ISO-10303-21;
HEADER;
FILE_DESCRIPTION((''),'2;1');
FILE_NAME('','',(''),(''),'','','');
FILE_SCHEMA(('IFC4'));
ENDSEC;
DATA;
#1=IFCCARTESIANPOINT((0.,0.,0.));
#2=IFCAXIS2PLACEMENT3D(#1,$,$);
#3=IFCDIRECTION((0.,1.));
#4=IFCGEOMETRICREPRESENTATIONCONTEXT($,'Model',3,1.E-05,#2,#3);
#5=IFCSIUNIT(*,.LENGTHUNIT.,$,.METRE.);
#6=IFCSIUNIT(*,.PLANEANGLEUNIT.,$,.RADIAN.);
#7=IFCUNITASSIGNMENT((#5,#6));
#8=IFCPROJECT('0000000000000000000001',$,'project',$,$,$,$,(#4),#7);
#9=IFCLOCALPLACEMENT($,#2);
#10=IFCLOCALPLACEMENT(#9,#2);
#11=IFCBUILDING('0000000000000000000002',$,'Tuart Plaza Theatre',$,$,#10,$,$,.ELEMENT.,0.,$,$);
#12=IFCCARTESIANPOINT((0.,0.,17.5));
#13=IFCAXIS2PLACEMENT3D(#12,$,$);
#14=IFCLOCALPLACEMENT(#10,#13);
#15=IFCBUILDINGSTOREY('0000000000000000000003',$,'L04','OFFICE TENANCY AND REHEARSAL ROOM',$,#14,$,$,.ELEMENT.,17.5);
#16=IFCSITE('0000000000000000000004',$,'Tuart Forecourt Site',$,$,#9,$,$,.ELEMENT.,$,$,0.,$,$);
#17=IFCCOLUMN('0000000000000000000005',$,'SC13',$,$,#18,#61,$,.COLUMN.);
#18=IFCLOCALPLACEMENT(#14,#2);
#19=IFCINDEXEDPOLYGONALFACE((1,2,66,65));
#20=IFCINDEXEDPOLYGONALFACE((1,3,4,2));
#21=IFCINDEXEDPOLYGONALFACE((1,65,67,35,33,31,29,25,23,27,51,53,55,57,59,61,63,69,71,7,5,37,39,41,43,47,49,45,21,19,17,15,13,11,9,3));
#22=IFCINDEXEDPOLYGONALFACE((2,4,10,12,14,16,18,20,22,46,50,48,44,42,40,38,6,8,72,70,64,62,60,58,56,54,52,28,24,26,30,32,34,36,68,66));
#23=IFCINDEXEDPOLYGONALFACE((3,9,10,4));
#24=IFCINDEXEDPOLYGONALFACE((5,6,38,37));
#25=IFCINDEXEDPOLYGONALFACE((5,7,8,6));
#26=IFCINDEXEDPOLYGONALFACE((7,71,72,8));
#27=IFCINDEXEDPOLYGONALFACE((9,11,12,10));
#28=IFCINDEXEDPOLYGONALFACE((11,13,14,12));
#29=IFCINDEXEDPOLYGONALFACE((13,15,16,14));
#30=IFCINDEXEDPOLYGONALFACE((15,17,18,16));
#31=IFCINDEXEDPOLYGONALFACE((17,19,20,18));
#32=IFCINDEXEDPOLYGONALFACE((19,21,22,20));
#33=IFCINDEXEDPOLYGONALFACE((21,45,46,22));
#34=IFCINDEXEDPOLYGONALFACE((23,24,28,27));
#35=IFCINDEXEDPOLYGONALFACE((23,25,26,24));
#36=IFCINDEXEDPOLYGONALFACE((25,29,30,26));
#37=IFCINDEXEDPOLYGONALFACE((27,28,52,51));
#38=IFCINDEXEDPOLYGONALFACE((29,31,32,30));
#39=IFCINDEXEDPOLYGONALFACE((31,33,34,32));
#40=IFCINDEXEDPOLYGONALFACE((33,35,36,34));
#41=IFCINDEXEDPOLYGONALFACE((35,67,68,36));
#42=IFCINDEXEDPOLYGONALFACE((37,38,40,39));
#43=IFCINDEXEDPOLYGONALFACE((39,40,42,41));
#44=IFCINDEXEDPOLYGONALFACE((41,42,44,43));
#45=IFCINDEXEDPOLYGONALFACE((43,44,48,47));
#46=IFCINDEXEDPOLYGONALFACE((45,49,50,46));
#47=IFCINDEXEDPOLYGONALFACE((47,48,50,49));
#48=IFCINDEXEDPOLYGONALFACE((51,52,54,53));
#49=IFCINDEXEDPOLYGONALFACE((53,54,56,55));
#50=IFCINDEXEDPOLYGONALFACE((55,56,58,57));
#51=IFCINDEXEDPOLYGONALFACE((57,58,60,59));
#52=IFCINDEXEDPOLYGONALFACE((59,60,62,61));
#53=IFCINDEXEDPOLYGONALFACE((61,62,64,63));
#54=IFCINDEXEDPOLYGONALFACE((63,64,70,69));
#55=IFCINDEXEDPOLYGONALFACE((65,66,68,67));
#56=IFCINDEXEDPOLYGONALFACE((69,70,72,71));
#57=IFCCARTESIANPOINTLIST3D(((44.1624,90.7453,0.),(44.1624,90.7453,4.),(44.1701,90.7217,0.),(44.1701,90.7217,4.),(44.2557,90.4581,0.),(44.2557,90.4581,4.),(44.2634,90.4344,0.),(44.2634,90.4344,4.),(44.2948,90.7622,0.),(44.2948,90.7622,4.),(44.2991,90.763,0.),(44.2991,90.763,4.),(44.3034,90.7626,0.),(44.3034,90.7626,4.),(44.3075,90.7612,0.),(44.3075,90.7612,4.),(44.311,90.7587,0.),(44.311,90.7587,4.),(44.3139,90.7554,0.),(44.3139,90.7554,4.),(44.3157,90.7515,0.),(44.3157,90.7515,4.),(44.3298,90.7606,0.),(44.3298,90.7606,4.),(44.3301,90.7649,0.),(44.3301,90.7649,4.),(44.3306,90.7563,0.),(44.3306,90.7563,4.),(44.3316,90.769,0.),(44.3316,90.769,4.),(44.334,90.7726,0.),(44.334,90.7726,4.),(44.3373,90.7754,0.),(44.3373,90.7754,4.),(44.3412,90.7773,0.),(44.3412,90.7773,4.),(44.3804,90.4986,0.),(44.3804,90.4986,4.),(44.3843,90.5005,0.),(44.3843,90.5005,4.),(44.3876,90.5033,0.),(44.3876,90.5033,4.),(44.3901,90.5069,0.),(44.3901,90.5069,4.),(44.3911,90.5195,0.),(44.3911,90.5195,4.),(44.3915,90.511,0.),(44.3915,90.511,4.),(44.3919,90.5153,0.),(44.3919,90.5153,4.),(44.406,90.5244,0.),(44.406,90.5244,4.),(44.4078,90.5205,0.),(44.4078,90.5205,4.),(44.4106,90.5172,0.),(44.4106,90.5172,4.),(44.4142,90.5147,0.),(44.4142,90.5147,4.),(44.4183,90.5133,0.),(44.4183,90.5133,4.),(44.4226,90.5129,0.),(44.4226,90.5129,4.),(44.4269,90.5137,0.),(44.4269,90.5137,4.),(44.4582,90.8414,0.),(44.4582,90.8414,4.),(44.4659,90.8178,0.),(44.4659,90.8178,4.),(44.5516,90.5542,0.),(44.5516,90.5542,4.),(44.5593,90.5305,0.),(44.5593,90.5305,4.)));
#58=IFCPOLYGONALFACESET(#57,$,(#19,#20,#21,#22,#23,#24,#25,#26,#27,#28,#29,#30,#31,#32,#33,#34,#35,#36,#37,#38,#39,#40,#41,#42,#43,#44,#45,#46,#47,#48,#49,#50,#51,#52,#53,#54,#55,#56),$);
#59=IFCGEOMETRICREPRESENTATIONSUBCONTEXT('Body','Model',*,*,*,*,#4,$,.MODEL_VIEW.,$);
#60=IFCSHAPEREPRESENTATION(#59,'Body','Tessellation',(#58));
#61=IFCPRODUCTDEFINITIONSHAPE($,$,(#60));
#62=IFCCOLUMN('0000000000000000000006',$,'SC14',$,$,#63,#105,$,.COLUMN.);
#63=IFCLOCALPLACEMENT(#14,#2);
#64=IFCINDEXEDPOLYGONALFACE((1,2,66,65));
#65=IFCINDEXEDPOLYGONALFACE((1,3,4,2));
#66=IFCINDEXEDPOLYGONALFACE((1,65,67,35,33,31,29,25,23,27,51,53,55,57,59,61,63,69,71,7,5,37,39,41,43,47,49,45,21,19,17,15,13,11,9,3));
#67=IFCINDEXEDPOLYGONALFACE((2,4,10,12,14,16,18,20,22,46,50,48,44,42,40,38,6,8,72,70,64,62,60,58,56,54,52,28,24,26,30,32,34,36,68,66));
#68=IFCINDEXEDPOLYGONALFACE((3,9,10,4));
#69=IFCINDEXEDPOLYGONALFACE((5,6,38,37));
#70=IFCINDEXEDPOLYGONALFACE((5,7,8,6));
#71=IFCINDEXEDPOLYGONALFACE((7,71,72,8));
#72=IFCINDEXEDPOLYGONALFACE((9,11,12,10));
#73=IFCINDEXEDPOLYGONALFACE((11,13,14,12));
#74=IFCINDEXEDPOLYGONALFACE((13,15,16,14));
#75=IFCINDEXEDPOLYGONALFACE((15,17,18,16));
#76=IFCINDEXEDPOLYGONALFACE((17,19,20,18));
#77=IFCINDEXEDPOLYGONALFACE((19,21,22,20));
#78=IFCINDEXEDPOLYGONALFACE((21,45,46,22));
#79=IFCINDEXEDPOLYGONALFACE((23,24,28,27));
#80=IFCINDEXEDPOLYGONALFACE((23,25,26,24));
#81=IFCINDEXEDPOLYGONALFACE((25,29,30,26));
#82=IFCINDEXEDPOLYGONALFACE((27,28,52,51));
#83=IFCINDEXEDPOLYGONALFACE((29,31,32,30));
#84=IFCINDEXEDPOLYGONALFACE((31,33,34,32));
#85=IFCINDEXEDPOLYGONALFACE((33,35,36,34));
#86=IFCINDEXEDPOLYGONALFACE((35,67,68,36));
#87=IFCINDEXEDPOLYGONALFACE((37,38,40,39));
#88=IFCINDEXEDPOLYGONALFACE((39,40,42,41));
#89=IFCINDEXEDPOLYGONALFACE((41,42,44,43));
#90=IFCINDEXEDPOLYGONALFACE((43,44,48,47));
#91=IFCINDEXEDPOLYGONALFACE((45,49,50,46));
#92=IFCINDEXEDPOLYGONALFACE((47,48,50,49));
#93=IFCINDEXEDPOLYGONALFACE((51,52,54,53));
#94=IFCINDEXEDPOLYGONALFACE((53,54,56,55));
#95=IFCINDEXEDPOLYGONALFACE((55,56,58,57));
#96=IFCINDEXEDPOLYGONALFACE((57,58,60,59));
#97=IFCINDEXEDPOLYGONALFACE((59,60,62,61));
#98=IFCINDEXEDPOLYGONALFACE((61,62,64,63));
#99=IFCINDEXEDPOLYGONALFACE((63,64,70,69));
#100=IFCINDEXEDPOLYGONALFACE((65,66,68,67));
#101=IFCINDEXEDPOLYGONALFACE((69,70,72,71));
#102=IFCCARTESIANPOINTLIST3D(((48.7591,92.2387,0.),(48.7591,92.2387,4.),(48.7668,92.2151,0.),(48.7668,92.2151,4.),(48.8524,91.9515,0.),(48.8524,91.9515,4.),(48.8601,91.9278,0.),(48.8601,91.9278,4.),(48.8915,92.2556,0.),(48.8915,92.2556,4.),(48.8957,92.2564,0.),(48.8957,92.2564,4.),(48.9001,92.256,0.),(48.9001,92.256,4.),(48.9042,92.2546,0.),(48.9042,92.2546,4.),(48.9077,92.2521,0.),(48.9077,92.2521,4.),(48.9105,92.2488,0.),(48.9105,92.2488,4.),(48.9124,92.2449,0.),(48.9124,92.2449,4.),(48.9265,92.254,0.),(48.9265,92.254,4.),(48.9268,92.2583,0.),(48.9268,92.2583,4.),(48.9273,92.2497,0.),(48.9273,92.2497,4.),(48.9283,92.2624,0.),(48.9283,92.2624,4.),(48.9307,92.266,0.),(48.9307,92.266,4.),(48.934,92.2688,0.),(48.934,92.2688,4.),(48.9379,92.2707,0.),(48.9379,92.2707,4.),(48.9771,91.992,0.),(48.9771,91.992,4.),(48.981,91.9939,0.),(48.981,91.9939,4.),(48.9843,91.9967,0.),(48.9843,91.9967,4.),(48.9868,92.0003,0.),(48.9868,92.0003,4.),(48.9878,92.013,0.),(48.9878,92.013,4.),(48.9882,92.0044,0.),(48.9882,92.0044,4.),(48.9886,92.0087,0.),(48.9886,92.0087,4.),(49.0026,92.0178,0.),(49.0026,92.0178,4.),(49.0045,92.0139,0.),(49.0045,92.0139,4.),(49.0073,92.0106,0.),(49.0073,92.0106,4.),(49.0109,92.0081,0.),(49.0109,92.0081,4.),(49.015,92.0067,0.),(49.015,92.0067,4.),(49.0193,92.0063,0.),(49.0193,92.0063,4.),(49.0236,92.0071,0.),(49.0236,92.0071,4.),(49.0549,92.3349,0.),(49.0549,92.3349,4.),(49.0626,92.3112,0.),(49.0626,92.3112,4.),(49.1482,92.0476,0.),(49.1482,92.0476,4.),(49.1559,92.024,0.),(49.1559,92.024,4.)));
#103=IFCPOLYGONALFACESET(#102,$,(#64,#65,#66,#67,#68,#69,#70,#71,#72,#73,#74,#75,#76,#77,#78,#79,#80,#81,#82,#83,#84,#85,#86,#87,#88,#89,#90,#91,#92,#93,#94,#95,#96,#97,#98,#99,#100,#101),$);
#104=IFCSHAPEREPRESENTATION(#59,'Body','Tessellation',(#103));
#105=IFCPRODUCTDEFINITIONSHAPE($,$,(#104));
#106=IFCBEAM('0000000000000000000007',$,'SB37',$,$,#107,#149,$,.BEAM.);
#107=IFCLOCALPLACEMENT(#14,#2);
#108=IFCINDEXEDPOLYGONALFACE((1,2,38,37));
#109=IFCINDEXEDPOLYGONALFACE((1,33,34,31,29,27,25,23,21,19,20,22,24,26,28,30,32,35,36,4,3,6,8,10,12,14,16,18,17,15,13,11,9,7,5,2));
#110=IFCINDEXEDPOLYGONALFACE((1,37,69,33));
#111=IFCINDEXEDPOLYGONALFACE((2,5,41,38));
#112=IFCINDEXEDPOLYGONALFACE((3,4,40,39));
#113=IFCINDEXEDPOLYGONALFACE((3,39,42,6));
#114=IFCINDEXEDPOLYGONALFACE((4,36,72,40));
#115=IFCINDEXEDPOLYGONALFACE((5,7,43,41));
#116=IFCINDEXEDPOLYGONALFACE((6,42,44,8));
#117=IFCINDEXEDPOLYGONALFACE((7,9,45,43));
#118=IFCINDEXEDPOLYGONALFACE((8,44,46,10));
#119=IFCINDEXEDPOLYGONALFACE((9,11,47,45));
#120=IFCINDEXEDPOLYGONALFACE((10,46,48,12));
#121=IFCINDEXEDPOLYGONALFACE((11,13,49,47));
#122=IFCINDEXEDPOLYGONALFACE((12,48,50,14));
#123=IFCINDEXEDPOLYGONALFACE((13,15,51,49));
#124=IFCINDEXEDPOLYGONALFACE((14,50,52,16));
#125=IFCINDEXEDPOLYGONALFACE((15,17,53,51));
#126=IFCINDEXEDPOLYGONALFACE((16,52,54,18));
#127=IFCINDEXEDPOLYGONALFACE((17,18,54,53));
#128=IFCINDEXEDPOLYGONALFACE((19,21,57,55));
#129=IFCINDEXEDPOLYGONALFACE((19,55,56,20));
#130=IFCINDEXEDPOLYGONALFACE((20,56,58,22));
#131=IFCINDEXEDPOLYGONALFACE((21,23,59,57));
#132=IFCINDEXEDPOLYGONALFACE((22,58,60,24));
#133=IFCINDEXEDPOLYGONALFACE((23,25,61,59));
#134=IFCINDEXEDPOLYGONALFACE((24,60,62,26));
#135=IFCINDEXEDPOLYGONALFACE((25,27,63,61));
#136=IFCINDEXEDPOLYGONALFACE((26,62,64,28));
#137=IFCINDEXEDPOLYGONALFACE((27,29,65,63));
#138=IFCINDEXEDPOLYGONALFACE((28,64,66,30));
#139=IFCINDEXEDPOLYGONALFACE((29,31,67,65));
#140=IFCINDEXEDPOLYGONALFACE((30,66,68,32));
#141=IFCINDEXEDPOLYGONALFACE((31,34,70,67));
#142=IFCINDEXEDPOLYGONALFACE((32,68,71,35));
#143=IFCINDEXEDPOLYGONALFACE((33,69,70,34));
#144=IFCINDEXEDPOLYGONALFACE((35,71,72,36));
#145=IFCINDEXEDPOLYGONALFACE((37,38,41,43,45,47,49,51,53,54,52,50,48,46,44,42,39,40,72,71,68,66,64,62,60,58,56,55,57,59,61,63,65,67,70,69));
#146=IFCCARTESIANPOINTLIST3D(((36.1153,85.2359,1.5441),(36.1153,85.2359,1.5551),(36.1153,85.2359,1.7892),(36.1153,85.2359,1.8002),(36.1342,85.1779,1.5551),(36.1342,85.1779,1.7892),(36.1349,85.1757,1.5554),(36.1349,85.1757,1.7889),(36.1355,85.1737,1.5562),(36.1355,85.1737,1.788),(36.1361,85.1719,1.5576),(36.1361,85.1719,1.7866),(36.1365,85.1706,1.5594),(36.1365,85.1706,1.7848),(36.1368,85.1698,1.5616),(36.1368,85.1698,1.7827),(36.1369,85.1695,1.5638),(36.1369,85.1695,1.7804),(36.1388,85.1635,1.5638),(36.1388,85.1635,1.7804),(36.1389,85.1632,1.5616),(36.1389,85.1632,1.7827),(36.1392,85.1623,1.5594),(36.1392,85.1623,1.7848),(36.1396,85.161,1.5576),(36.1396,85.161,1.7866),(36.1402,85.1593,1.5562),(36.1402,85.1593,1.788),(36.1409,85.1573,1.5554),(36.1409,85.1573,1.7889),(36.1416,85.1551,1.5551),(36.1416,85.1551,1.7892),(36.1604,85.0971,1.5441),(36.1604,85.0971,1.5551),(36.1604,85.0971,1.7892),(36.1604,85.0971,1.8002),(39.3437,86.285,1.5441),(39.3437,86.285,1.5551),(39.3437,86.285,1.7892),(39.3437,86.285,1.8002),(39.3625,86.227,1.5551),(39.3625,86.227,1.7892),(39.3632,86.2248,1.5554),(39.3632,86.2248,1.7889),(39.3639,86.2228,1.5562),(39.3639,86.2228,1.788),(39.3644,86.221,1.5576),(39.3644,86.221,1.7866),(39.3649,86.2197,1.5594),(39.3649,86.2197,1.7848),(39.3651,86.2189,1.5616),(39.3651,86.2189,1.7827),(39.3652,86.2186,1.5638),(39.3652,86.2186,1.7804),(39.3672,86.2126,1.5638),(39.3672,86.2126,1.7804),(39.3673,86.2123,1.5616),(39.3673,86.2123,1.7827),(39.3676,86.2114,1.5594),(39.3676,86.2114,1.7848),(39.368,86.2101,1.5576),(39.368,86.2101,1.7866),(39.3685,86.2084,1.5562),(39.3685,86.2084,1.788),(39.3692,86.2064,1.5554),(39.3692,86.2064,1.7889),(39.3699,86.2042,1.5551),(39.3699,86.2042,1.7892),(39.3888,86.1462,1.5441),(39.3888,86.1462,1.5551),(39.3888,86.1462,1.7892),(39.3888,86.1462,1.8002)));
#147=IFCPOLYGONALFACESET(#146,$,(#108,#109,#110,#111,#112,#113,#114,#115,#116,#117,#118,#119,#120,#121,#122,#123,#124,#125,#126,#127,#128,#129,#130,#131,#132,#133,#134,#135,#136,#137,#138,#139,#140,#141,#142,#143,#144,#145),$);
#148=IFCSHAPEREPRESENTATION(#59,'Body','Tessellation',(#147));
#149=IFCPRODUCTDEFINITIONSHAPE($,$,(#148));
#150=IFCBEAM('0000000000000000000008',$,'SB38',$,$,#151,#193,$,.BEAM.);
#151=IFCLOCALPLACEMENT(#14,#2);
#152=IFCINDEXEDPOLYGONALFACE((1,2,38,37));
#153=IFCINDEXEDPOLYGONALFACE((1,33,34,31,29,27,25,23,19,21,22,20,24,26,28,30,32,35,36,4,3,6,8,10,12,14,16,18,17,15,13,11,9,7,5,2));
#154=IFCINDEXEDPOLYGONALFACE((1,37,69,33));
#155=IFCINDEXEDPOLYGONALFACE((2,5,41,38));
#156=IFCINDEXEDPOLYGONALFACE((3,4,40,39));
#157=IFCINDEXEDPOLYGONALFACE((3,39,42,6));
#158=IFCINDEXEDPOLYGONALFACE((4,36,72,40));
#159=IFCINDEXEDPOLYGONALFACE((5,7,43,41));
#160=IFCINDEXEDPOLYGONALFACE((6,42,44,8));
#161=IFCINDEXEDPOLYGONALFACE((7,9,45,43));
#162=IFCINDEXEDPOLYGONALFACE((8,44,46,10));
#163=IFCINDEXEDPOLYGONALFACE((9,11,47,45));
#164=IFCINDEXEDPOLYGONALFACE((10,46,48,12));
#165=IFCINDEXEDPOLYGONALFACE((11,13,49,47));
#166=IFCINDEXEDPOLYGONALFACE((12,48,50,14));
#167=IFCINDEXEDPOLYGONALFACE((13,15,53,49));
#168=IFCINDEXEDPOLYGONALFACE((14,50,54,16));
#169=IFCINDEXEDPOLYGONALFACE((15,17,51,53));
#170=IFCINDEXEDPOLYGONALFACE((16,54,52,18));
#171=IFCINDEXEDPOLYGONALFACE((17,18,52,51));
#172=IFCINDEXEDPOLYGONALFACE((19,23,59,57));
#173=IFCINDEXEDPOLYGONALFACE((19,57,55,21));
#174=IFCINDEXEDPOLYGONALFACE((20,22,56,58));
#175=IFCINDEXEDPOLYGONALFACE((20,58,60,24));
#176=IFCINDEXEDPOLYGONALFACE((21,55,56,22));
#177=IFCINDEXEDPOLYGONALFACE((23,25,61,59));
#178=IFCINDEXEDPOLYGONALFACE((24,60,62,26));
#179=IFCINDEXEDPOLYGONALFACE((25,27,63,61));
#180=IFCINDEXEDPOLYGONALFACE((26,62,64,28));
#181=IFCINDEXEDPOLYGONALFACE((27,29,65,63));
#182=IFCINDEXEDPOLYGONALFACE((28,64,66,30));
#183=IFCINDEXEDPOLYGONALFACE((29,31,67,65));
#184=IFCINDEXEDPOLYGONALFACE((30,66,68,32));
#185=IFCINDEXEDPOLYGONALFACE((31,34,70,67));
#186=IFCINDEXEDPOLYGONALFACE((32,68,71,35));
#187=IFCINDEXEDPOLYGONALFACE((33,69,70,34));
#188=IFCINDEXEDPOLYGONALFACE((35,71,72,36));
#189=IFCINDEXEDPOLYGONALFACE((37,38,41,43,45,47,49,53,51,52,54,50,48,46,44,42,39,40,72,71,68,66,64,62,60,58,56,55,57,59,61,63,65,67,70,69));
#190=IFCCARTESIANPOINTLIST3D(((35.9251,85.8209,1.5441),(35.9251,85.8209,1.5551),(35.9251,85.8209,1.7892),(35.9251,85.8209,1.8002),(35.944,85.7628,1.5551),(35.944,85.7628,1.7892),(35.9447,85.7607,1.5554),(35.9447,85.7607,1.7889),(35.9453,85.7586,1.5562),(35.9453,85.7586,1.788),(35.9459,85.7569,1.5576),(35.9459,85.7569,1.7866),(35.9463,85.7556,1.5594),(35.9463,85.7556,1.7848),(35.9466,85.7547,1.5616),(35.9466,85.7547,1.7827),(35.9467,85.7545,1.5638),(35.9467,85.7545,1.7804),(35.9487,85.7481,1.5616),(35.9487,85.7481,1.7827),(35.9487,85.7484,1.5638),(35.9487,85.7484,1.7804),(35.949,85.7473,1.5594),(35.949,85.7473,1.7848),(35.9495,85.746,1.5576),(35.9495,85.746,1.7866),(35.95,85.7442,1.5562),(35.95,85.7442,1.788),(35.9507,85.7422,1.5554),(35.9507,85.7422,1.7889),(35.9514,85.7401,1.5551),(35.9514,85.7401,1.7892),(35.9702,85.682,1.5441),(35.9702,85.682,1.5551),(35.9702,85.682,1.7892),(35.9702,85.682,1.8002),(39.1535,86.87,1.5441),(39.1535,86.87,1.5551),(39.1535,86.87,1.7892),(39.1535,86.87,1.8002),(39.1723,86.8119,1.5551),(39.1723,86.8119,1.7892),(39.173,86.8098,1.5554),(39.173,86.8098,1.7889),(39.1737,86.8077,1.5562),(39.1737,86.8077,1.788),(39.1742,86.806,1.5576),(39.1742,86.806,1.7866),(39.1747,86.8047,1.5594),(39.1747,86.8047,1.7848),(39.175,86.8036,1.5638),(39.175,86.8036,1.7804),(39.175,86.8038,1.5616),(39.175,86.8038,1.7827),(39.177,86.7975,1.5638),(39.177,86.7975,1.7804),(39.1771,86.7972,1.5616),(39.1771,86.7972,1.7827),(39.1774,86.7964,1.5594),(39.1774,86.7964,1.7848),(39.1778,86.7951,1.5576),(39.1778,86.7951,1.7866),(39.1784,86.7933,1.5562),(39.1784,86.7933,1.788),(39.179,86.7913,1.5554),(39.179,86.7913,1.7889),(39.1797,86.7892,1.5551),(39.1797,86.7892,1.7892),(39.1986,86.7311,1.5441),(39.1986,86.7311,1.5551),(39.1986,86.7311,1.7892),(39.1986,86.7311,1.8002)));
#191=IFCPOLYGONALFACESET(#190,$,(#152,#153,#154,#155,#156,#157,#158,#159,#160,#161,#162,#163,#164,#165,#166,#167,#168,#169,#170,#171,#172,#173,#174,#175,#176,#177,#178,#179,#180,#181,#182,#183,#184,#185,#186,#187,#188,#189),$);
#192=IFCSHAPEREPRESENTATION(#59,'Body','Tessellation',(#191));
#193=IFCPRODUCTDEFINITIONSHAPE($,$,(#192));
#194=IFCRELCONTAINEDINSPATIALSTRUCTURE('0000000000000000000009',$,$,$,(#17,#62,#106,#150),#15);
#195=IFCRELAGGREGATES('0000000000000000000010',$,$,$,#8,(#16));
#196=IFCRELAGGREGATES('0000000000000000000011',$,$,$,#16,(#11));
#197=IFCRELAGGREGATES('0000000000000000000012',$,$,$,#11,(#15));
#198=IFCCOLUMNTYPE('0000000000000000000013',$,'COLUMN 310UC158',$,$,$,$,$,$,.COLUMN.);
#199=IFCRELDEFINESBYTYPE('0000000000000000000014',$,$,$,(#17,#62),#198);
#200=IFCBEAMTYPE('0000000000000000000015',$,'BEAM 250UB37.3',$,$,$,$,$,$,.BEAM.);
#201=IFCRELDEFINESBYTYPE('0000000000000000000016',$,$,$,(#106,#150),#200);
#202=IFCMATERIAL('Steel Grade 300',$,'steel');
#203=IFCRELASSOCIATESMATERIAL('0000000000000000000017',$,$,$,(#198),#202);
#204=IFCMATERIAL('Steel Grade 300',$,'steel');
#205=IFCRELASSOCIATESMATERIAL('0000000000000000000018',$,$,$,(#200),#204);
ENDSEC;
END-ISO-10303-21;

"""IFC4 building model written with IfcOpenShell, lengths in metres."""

from ifc_helpers import new_model, si_unit, direction, frame, origin, origin_2d, place, context, subcontext, project, spatial, i_section, extrude, material, material_profile, profile_set, type_object, element, save


model = new_model("IFC4")

# Units and contexts
model_context = context("Model", 3, precision=1e-05, world=origin(), true_north=direction((0.0, 1.0)))
body_context = subcontext(model_context, "Body", "Model", "MODEL_VIEW")
ifc_project = project(units=[si_unit("LENGTHUNIT", "METRE"), si_unit("PLANEANGLEUNIT", "RADIAN")], contexts=[model_context])

# Site, building, storey
site_placement = place(None, origin())
site = spatial("IfcSite", under=ifc_project, at=site_placement, Name="Tuart Forecourt Site", CompositionType="ELEMENT", RefElevation=0.0)
building_placement = place(site_placement, origin())
building = spatial("IfcBuilding", under=site, at=building_placement, Name="Tuart Plaza Theatre", CompositionType="ELEMENT", ElevationOfRefHeight=0.0)
storey_placement = place(building_placement, frame((0.0, 0.0, 17.5)))
storey = spatial("IfcBuildingStorey", under=building, at=storey_placement, Name="L04", Description="OFFICE TENANCY AND REHEARSAL ROOM", CompositionType="ELEMENT", Elevation=17.5)

# Columns
ifc_material_1 = material(Name="Steel Grade 300", Category="steel")
ifc_material_profile_1 = material_profile(ifc_material_1, i_section(OverallWidth=0.311, OverallDepth=0.3269, WebThickness=0.0156, FlangeThickness=0.0249, FilletRadius=0.0166, at=origin_2d()), Name="310UC158")
ifc_profile_set_1 = profile_set([ifc_material_profile_1], Name="Steel Grade 300")
column_type = type_object("IfcColumnType", Name="COLUMN 310UC158", PredefinedType="COLUMN", material=ifc_profile_set_1)
for number, where, z_axis, x_axis, name in (
    (1, (44.3608, 90.6379, 0.0), (0.0, 0.0, 1.0), (0.951057, 0.309017, 0.0), "SC13"),
    (2, (48.9575, 92.1313, 0.0), (0.0, 0.0, 1.0), (0.951057, 0.309017, 0.0), "SC14"),
):
    element("IfcColumn", number, at=place(storey_placement, frame(where, z_axis=z_axis, x_axis=x_axis)), inside=storey, type_object=column_type, Name=name, PredefinedType="COLUMN", context=body_context, shape_type="SweptSolid", body=[
        extrude(i_section(OverallWidth=0.311, OverallDepth=0.3269, WebThickness=0.0156, FlangeThickness=0.0249, FilletRadius=0.0166, at=origin_2d()), origin(), (0.0, 0.0, 1.0), 4.0),
    ])

# Beams
ifc_material_2 = material(Name="Steel Grade 300", Category="steel")
ifc_material_profile_2 = material_profile(ifc_material_2, i_section(OverallWidth=0.146, OverallDepth=0.2561, WebThickness=0.0063, FlangeThickness=0.011, FilletRadius=0.0088, at=origin_2d()), Name="250UB37.3")
ifc_profile_set_2 = profile_set([ifc_material_profile_2], Name="Steel Grade 300")
beam_type = type_object("IfcBeamType", Name="BEAM 250UB37.3", PredefinedType="BEAM", material=ifc_profile_set_2)
for number, where, z_axis, x_axis, name in (
    (3, (39.3662, 86.2156, 1.6721), (-0.951044, -0.309055, 0.0), (0.309055, -0.951044, 0.0), "SB37"),
    (4, (39.176, 86.8005, 1.6721), (-0.951044, -0.309055, 0.0), (0.309055, -0.951044, 0.0), "SB38"),
):
    element("IfcBeam", number, at=place(storey_placement, frame(where, z_axis=z_axis, x_axis=x_axis)), inside=storey, type_object=beam_type, Name=name, PredefinedType="BEAM", context=body_context, shape_type="SweptSolid", body=[
        extrude(i_section(OverallWidth=0.146, OverallDepth=0.2561, WebThickness=0.0063, FlangeThickness=0.011, FilletRadius=0.0088, at=origin_2d()), origin(), (0.0, 0.0, 1.0), 3.3945),
    ])

save(model, "model.ifc")
